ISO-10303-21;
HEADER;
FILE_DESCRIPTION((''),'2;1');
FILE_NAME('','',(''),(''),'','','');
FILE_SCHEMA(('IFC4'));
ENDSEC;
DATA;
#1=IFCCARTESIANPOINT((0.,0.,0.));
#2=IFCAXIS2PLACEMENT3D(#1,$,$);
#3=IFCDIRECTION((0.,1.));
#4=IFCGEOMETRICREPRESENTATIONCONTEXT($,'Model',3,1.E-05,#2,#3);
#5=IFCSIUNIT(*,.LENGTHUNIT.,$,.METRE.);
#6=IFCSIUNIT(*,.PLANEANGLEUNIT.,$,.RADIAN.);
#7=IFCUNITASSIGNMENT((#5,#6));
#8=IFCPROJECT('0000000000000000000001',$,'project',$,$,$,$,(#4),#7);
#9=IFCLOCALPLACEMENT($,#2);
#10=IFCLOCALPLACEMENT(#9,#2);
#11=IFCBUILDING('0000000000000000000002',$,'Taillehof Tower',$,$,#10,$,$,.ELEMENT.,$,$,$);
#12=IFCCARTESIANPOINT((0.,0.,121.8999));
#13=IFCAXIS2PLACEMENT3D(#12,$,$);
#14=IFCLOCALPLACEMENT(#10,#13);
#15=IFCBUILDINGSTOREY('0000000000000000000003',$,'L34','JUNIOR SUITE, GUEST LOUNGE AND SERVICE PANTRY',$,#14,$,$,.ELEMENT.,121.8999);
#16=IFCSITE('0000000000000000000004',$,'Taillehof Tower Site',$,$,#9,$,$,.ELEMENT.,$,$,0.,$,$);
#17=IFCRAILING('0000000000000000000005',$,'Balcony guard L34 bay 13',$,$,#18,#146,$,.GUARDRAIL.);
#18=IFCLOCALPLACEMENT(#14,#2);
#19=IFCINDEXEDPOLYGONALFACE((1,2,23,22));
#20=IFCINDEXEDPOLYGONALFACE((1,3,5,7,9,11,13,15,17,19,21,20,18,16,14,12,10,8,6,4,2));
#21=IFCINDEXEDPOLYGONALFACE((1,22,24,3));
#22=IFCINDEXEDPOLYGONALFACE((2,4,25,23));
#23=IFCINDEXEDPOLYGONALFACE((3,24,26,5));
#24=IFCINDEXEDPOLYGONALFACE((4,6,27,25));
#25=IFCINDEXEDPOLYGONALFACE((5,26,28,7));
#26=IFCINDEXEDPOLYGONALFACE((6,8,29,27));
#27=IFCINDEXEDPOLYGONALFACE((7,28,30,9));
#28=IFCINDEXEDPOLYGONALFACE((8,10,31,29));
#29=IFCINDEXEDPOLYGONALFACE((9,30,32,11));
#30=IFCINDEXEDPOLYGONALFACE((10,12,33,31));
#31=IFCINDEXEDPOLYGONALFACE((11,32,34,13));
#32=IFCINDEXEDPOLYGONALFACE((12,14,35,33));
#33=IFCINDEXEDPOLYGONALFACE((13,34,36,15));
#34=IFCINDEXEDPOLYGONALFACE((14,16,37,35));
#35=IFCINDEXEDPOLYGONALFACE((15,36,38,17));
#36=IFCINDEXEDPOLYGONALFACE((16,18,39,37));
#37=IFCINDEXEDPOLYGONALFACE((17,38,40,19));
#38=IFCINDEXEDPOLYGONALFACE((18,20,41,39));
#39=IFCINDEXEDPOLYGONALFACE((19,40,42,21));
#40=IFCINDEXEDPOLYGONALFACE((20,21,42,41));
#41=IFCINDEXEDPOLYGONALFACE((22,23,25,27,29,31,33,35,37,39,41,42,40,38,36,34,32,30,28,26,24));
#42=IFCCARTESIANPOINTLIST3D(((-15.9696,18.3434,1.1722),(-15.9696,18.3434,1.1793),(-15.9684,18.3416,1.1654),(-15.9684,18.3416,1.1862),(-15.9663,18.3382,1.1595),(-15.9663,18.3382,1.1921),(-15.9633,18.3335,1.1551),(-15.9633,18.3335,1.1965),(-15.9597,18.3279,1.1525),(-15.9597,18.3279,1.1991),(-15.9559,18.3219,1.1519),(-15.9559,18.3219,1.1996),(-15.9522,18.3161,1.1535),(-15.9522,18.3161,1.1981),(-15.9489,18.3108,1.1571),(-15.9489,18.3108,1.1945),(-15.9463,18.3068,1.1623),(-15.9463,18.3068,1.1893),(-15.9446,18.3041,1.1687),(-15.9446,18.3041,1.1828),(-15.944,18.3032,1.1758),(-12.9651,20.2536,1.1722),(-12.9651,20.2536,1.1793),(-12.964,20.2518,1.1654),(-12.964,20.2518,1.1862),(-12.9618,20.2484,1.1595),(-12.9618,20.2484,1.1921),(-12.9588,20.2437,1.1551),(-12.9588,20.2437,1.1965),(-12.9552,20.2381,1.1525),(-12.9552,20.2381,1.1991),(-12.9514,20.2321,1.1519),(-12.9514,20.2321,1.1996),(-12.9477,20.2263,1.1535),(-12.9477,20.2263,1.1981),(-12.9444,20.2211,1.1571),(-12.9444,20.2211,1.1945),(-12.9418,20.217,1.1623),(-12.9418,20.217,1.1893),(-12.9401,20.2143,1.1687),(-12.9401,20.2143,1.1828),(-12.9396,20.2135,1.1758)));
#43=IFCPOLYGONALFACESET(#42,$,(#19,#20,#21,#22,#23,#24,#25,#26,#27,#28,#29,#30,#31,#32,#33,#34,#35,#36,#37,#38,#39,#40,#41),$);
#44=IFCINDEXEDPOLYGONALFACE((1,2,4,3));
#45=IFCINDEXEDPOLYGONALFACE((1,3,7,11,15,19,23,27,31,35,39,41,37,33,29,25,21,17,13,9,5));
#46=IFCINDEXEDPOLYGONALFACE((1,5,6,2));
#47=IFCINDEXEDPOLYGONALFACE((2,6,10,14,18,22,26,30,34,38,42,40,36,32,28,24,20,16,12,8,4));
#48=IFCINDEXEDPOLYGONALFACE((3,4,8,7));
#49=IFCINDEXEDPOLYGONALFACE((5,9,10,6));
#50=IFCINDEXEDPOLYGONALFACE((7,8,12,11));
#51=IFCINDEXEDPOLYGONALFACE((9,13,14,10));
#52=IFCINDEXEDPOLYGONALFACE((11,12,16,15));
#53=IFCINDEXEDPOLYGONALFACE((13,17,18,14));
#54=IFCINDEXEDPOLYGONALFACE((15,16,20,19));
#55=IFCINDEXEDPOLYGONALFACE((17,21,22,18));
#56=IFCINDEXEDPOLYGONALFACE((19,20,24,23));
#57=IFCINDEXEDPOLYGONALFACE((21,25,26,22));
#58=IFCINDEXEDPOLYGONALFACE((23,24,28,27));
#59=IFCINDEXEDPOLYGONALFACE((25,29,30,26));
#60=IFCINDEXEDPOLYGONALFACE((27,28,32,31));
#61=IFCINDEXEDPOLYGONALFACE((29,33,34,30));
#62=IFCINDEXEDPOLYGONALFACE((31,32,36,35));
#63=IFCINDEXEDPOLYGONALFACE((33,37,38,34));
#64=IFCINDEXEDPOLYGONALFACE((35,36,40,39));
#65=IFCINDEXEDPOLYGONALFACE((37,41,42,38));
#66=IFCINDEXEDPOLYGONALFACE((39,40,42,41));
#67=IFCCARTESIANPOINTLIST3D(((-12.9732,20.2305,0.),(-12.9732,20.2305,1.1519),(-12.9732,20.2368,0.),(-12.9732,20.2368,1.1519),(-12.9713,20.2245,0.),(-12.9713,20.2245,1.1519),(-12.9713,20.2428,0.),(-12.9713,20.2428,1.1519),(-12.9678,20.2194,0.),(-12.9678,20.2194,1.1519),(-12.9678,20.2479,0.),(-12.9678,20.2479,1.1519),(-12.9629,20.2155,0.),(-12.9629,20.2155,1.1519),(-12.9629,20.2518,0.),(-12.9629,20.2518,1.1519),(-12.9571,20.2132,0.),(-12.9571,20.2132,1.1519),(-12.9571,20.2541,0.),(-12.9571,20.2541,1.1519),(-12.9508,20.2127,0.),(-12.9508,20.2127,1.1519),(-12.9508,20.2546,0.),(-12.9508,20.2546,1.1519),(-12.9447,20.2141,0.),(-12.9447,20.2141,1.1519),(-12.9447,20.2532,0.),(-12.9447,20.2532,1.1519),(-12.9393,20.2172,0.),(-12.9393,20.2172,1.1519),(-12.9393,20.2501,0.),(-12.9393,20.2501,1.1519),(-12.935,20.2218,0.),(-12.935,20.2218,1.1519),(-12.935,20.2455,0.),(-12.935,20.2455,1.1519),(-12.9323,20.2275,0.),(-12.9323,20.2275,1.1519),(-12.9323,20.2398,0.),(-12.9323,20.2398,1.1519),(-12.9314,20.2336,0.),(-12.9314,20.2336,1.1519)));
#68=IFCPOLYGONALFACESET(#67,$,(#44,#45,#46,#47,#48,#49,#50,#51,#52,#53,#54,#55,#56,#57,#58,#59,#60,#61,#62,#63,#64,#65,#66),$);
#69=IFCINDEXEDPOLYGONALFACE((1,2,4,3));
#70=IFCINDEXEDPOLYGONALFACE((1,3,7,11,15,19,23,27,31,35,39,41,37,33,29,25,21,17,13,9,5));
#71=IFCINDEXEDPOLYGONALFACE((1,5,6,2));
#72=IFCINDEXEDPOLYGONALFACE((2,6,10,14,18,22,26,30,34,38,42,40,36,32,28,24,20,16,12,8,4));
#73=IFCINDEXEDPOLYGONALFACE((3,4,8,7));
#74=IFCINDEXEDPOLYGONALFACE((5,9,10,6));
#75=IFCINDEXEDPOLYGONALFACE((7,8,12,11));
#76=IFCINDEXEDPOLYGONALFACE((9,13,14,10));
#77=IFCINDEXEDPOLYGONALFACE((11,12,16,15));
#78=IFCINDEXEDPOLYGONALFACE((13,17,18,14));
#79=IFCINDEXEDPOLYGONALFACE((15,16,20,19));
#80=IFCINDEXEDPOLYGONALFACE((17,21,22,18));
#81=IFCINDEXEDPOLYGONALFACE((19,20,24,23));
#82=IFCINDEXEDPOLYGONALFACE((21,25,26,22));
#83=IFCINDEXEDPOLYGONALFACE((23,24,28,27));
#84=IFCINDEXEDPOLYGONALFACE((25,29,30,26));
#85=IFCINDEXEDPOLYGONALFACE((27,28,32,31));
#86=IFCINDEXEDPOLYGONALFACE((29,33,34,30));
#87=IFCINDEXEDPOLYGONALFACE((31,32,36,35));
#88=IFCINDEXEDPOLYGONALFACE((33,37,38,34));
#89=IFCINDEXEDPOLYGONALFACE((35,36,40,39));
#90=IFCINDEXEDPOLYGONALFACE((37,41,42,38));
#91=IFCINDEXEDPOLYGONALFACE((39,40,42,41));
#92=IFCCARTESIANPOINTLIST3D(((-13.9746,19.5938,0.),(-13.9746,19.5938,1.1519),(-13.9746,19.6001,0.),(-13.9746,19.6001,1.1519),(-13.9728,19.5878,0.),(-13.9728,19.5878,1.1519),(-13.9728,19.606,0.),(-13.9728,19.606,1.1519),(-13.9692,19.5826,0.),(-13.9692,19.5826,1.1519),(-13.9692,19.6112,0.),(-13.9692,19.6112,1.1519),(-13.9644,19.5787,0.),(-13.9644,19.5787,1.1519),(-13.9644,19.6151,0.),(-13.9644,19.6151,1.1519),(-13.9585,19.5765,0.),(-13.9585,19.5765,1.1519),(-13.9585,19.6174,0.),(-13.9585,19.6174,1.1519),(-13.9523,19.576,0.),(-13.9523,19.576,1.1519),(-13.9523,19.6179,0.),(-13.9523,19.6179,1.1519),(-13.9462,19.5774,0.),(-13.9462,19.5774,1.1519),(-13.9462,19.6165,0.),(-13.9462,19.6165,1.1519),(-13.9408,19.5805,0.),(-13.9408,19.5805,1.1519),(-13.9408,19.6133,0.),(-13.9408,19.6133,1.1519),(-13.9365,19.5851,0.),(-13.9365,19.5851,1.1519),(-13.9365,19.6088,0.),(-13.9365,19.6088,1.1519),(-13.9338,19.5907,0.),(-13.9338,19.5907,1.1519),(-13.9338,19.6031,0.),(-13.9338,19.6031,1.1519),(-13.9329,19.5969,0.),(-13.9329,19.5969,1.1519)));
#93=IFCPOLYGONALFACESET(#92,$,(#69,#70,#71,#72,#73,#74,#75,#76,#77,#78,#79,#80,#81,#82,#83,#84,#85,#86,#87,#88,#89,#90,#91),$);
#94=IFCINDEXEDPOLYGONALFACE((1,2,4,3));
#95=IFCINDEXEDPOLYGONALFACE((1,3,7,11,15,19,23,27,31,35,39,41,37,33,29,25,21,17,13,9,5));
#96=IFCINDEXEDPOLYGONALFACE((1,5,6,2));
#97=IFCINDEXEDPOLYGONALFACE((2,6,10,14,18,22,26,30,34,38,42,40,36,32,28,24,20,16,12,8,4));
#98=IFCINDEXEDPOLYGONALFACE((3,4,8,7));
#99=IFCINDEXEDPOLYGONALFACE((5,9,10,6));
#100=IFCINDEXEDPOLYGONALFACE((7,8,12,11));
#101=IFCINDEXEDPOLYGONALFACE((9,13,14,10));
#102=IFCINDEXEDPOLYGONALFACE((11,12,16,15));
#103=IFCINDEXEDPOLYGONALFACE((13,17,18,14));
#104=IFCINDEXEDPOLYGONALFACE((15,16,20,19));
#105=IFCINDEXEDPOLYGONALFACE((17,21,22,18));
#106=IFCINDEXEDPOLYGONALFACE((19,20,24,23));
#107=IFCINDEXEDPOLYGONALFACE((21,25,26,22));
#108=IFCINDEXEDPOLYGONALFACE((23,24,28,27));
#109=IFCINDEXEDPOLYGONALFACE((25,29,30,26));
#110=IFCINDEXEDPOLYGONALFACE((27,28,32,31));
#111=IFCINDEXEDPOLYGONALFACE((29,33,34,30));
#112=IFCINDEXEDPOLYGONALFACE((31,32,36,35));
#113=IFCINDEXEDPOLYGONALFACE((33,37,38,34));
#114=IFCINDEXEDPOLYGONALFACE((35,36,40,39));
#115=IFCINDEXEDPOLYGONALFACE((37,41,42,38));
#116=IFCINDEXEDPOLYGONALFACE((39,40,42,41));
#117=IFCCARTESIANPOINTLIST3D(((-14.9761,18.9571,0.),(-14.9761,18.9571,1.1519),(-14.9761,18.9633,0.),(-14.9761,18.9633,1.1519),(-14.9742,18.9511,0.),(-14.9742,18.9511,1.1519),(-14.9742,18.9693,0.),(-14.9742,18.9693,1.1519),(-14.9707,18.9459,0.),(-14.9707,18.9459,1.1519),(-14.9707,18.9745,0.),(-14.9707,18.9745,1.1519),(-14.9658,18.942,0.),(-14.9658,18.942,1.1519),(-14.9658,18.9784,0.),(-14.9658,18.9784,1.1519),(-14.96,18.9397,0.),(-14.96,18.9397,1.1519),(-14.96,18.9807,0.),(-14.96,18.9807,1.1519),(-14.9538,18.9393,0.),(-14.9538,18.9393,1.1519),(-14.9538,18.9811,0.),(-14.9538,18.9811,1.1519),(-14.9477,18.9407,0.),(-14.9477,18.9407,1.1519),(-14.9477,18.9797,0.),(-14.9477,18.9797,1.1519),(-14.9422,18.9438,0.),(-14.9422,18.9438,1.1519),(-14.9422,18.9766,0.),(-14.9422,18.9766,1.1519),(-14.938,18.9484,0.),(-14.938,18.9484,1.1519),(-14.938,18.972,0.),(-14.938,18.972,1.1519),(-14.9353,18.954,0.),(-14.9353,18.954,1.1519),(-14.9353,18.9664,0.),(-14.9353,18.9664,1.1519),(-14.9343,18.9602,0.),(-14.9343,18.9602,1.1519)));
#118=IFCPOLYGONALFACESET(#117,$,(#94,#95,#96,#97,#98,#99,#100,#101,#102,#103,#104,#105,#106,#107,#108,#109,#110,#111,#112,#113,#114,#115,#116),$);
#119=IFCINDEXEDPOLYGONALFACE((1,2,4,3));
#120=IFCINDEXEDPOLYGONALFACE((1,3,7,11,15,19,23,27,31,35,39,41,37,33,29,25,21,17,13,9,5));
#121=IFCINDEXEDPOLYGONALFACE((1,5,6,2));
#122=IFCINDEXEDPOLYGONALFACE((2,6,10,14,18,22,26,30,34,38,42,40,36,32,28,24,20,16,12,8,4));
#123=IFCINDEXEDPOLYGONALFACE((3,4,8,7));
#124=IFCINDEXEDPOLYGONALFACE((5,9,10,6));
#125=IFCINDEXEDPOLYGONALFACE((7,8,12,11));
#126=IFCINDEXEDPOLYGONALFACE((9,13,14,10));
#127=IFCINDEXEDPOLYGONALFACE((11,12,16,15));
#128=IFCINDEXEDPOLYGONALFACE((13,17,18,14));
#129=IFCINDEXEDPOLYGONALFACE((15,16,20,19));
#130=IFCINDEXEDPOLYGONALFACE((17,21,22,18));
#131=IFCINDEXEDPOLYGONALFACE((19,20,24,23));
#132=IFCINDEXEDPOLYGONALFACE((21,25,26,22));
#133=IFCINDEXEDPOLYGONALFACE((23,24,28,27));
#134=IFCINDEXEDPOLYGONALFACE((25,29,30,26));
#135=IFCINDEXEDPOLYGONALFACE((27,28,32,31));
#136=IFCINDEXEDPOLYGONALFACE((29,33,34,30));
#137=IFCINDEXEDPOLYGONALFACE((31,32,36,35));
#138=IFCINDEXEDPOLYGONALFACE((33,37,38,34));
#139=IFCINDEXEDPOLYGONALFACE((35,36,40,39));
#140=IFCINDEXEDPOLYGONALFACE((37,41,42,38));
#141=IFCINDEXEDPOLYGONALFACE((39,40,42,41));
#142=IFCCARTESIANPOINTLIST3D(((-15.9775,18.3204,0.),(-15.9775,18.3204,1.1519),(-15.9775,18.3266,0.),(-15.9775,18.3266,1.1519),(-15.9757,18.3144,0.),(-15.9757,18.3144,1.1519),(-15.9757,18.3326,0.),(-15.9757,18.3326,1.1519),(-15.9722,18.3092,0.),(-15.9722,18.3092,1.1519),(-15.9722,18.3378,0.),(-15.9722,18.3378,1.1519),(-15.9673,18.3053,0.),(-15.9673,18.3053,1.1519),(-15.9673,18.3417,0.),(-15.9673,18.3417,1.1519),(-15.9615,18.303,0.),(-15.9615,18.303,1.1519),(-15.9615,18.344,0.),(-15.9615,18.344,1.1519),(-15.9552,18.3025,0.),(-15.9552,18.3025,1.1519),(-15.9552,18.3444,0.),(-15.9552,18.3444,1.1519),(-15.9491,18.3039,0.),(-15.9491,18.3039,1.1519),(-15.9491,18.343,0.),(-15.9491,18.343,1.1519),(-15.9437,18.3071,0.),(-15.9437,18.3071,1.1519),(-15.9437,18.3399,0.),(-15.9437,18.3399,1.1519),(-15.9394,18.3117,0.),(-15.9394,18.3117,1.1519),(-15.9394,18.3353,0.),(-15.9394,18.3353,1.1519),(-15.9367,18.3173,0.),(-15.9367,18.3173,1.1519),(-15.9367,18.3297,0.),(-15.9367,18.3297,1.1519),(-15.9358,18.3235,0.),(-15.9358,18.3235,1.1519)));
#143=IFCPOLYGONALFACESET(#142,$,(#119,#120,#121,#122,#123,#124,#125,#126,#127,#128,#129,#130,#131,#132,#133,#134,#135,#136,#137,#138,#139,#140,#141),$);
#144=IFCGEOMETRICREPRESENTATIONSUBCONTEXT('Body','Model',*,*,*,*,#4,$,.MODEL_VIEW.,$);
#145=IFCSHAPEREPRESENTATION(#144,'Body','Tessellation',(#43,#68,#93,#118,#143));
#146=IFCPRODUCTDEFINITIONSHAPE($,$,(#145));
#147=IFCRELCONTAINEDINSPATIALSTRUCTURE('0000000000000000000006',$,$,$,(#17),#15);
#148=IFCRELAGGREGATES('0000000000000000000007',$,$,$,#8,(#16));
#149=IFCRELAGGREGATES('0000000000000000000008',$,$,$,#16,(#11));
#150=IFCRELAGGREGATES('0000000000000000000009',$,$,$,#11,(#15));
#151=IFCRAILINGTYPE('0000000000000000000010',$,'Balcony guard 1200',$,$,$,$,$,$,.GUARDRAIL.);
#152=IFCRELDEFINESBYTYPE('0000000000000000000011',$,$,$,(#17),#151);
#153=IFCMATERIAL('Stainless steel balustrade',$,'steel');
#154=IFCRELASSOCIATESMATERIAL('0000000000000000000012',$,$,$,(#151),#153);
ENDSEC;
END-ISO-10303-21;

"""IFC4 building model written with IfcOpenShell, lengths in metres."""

from ifc_helpers import new_model, si_unit, direction, frame, origin, origin_2d, place, context, subcontext, project, spatial, circle, extrude, material, type_object, element, save


model = new_model("IFC4")

# Units and contexts
model_context = context("Model", 3, precision=1e-05, world=origin(), true_north=direction((0.0, 1.0)))
body_context = subcontext(model_context, "Body", "Model", "MODEL_VIEW")
ifc_project = project(units=[si_unit("LENGTHUNIT", "METRE"), si_unit("PLANEANGLEUNIT", "RADIAN")], contexts=[model_context])

# Site, building, storey
site_placement = place(None, origin())
site = spatial("IfcSite", under=ifc_project, at=site_placement, Name="Taillehof Tower Site", CompositionType="ELEMENT", RefElevation=0.0)
building_placement = place(site_placement, origin())
building = spatial("IfcBuilding", under=site, at=building_placement, Name="Taillehof Tower", CompositionType="ELEMENT")
storey_placement = place(building_placement, frame((0.0, 0.0, 121.8999)))
storey = spatial("IfcBuildingStorey", under=building, at=storey_placement, Name="L34", Description="JUNIOR SUITE, GUEST LOUNGE AND SERVICE PANTRY", CompositionType="ELEMENT", Elevation=121.8999)

# Railing
ifc_material_1 = material(Name="Stainless steel balustrade", Category="steel")
railing_type = type_object("IfcRailingType", Name="Balcony guard 1200", PredefinedType="GUARDRAIL", material=ifc_material_1)
railing_1_placement = place(storey_placement, frame((-12.9524, 20.2336, 0.0)))
element("IfcRailing", 1, at=railing_1_placement, inside=storey, type_object=railing_type, Name="Balcony guard L34 bay 13", PredefinedType="GUARDRAIL", context=body_context, shape_type="SweptSolid", body=[
    extrude(circle(Radius=0.0239, at=origin_2d()), frame((0.0, 0.0, 1.1758), z_axis=(-0.843882, -0.536529, 0.0), x_axis=(0.536529, -0.843882, 0.0)), (0.0, 0.0, 1.0), 3.5603),
    extrude(circle(Radius=0.021, at=origin_2d()), origin(), (0.0, 0.0, 1.0), 1.1519),
    extrude(circle(Radius=0.021, at=origin_2d()), frame((-1.0015, -0.6367, 0.0)), (0.0, 0.0, 1.0), 1.1519),
    extrude(circle(Radius=0.021, at=origin_2d()), frame((-2.0029, -1.2734, 0.0)), (0.0, 0.0, 1.0), 1.1519),
    extrude(circle(Radius=0.021, at=origin_2d()), frame((-3.0044, -1.9102, 0.0)), (0.0, 0.0, 1.0), 1.1519),
])

save(model, "model.ifc")
